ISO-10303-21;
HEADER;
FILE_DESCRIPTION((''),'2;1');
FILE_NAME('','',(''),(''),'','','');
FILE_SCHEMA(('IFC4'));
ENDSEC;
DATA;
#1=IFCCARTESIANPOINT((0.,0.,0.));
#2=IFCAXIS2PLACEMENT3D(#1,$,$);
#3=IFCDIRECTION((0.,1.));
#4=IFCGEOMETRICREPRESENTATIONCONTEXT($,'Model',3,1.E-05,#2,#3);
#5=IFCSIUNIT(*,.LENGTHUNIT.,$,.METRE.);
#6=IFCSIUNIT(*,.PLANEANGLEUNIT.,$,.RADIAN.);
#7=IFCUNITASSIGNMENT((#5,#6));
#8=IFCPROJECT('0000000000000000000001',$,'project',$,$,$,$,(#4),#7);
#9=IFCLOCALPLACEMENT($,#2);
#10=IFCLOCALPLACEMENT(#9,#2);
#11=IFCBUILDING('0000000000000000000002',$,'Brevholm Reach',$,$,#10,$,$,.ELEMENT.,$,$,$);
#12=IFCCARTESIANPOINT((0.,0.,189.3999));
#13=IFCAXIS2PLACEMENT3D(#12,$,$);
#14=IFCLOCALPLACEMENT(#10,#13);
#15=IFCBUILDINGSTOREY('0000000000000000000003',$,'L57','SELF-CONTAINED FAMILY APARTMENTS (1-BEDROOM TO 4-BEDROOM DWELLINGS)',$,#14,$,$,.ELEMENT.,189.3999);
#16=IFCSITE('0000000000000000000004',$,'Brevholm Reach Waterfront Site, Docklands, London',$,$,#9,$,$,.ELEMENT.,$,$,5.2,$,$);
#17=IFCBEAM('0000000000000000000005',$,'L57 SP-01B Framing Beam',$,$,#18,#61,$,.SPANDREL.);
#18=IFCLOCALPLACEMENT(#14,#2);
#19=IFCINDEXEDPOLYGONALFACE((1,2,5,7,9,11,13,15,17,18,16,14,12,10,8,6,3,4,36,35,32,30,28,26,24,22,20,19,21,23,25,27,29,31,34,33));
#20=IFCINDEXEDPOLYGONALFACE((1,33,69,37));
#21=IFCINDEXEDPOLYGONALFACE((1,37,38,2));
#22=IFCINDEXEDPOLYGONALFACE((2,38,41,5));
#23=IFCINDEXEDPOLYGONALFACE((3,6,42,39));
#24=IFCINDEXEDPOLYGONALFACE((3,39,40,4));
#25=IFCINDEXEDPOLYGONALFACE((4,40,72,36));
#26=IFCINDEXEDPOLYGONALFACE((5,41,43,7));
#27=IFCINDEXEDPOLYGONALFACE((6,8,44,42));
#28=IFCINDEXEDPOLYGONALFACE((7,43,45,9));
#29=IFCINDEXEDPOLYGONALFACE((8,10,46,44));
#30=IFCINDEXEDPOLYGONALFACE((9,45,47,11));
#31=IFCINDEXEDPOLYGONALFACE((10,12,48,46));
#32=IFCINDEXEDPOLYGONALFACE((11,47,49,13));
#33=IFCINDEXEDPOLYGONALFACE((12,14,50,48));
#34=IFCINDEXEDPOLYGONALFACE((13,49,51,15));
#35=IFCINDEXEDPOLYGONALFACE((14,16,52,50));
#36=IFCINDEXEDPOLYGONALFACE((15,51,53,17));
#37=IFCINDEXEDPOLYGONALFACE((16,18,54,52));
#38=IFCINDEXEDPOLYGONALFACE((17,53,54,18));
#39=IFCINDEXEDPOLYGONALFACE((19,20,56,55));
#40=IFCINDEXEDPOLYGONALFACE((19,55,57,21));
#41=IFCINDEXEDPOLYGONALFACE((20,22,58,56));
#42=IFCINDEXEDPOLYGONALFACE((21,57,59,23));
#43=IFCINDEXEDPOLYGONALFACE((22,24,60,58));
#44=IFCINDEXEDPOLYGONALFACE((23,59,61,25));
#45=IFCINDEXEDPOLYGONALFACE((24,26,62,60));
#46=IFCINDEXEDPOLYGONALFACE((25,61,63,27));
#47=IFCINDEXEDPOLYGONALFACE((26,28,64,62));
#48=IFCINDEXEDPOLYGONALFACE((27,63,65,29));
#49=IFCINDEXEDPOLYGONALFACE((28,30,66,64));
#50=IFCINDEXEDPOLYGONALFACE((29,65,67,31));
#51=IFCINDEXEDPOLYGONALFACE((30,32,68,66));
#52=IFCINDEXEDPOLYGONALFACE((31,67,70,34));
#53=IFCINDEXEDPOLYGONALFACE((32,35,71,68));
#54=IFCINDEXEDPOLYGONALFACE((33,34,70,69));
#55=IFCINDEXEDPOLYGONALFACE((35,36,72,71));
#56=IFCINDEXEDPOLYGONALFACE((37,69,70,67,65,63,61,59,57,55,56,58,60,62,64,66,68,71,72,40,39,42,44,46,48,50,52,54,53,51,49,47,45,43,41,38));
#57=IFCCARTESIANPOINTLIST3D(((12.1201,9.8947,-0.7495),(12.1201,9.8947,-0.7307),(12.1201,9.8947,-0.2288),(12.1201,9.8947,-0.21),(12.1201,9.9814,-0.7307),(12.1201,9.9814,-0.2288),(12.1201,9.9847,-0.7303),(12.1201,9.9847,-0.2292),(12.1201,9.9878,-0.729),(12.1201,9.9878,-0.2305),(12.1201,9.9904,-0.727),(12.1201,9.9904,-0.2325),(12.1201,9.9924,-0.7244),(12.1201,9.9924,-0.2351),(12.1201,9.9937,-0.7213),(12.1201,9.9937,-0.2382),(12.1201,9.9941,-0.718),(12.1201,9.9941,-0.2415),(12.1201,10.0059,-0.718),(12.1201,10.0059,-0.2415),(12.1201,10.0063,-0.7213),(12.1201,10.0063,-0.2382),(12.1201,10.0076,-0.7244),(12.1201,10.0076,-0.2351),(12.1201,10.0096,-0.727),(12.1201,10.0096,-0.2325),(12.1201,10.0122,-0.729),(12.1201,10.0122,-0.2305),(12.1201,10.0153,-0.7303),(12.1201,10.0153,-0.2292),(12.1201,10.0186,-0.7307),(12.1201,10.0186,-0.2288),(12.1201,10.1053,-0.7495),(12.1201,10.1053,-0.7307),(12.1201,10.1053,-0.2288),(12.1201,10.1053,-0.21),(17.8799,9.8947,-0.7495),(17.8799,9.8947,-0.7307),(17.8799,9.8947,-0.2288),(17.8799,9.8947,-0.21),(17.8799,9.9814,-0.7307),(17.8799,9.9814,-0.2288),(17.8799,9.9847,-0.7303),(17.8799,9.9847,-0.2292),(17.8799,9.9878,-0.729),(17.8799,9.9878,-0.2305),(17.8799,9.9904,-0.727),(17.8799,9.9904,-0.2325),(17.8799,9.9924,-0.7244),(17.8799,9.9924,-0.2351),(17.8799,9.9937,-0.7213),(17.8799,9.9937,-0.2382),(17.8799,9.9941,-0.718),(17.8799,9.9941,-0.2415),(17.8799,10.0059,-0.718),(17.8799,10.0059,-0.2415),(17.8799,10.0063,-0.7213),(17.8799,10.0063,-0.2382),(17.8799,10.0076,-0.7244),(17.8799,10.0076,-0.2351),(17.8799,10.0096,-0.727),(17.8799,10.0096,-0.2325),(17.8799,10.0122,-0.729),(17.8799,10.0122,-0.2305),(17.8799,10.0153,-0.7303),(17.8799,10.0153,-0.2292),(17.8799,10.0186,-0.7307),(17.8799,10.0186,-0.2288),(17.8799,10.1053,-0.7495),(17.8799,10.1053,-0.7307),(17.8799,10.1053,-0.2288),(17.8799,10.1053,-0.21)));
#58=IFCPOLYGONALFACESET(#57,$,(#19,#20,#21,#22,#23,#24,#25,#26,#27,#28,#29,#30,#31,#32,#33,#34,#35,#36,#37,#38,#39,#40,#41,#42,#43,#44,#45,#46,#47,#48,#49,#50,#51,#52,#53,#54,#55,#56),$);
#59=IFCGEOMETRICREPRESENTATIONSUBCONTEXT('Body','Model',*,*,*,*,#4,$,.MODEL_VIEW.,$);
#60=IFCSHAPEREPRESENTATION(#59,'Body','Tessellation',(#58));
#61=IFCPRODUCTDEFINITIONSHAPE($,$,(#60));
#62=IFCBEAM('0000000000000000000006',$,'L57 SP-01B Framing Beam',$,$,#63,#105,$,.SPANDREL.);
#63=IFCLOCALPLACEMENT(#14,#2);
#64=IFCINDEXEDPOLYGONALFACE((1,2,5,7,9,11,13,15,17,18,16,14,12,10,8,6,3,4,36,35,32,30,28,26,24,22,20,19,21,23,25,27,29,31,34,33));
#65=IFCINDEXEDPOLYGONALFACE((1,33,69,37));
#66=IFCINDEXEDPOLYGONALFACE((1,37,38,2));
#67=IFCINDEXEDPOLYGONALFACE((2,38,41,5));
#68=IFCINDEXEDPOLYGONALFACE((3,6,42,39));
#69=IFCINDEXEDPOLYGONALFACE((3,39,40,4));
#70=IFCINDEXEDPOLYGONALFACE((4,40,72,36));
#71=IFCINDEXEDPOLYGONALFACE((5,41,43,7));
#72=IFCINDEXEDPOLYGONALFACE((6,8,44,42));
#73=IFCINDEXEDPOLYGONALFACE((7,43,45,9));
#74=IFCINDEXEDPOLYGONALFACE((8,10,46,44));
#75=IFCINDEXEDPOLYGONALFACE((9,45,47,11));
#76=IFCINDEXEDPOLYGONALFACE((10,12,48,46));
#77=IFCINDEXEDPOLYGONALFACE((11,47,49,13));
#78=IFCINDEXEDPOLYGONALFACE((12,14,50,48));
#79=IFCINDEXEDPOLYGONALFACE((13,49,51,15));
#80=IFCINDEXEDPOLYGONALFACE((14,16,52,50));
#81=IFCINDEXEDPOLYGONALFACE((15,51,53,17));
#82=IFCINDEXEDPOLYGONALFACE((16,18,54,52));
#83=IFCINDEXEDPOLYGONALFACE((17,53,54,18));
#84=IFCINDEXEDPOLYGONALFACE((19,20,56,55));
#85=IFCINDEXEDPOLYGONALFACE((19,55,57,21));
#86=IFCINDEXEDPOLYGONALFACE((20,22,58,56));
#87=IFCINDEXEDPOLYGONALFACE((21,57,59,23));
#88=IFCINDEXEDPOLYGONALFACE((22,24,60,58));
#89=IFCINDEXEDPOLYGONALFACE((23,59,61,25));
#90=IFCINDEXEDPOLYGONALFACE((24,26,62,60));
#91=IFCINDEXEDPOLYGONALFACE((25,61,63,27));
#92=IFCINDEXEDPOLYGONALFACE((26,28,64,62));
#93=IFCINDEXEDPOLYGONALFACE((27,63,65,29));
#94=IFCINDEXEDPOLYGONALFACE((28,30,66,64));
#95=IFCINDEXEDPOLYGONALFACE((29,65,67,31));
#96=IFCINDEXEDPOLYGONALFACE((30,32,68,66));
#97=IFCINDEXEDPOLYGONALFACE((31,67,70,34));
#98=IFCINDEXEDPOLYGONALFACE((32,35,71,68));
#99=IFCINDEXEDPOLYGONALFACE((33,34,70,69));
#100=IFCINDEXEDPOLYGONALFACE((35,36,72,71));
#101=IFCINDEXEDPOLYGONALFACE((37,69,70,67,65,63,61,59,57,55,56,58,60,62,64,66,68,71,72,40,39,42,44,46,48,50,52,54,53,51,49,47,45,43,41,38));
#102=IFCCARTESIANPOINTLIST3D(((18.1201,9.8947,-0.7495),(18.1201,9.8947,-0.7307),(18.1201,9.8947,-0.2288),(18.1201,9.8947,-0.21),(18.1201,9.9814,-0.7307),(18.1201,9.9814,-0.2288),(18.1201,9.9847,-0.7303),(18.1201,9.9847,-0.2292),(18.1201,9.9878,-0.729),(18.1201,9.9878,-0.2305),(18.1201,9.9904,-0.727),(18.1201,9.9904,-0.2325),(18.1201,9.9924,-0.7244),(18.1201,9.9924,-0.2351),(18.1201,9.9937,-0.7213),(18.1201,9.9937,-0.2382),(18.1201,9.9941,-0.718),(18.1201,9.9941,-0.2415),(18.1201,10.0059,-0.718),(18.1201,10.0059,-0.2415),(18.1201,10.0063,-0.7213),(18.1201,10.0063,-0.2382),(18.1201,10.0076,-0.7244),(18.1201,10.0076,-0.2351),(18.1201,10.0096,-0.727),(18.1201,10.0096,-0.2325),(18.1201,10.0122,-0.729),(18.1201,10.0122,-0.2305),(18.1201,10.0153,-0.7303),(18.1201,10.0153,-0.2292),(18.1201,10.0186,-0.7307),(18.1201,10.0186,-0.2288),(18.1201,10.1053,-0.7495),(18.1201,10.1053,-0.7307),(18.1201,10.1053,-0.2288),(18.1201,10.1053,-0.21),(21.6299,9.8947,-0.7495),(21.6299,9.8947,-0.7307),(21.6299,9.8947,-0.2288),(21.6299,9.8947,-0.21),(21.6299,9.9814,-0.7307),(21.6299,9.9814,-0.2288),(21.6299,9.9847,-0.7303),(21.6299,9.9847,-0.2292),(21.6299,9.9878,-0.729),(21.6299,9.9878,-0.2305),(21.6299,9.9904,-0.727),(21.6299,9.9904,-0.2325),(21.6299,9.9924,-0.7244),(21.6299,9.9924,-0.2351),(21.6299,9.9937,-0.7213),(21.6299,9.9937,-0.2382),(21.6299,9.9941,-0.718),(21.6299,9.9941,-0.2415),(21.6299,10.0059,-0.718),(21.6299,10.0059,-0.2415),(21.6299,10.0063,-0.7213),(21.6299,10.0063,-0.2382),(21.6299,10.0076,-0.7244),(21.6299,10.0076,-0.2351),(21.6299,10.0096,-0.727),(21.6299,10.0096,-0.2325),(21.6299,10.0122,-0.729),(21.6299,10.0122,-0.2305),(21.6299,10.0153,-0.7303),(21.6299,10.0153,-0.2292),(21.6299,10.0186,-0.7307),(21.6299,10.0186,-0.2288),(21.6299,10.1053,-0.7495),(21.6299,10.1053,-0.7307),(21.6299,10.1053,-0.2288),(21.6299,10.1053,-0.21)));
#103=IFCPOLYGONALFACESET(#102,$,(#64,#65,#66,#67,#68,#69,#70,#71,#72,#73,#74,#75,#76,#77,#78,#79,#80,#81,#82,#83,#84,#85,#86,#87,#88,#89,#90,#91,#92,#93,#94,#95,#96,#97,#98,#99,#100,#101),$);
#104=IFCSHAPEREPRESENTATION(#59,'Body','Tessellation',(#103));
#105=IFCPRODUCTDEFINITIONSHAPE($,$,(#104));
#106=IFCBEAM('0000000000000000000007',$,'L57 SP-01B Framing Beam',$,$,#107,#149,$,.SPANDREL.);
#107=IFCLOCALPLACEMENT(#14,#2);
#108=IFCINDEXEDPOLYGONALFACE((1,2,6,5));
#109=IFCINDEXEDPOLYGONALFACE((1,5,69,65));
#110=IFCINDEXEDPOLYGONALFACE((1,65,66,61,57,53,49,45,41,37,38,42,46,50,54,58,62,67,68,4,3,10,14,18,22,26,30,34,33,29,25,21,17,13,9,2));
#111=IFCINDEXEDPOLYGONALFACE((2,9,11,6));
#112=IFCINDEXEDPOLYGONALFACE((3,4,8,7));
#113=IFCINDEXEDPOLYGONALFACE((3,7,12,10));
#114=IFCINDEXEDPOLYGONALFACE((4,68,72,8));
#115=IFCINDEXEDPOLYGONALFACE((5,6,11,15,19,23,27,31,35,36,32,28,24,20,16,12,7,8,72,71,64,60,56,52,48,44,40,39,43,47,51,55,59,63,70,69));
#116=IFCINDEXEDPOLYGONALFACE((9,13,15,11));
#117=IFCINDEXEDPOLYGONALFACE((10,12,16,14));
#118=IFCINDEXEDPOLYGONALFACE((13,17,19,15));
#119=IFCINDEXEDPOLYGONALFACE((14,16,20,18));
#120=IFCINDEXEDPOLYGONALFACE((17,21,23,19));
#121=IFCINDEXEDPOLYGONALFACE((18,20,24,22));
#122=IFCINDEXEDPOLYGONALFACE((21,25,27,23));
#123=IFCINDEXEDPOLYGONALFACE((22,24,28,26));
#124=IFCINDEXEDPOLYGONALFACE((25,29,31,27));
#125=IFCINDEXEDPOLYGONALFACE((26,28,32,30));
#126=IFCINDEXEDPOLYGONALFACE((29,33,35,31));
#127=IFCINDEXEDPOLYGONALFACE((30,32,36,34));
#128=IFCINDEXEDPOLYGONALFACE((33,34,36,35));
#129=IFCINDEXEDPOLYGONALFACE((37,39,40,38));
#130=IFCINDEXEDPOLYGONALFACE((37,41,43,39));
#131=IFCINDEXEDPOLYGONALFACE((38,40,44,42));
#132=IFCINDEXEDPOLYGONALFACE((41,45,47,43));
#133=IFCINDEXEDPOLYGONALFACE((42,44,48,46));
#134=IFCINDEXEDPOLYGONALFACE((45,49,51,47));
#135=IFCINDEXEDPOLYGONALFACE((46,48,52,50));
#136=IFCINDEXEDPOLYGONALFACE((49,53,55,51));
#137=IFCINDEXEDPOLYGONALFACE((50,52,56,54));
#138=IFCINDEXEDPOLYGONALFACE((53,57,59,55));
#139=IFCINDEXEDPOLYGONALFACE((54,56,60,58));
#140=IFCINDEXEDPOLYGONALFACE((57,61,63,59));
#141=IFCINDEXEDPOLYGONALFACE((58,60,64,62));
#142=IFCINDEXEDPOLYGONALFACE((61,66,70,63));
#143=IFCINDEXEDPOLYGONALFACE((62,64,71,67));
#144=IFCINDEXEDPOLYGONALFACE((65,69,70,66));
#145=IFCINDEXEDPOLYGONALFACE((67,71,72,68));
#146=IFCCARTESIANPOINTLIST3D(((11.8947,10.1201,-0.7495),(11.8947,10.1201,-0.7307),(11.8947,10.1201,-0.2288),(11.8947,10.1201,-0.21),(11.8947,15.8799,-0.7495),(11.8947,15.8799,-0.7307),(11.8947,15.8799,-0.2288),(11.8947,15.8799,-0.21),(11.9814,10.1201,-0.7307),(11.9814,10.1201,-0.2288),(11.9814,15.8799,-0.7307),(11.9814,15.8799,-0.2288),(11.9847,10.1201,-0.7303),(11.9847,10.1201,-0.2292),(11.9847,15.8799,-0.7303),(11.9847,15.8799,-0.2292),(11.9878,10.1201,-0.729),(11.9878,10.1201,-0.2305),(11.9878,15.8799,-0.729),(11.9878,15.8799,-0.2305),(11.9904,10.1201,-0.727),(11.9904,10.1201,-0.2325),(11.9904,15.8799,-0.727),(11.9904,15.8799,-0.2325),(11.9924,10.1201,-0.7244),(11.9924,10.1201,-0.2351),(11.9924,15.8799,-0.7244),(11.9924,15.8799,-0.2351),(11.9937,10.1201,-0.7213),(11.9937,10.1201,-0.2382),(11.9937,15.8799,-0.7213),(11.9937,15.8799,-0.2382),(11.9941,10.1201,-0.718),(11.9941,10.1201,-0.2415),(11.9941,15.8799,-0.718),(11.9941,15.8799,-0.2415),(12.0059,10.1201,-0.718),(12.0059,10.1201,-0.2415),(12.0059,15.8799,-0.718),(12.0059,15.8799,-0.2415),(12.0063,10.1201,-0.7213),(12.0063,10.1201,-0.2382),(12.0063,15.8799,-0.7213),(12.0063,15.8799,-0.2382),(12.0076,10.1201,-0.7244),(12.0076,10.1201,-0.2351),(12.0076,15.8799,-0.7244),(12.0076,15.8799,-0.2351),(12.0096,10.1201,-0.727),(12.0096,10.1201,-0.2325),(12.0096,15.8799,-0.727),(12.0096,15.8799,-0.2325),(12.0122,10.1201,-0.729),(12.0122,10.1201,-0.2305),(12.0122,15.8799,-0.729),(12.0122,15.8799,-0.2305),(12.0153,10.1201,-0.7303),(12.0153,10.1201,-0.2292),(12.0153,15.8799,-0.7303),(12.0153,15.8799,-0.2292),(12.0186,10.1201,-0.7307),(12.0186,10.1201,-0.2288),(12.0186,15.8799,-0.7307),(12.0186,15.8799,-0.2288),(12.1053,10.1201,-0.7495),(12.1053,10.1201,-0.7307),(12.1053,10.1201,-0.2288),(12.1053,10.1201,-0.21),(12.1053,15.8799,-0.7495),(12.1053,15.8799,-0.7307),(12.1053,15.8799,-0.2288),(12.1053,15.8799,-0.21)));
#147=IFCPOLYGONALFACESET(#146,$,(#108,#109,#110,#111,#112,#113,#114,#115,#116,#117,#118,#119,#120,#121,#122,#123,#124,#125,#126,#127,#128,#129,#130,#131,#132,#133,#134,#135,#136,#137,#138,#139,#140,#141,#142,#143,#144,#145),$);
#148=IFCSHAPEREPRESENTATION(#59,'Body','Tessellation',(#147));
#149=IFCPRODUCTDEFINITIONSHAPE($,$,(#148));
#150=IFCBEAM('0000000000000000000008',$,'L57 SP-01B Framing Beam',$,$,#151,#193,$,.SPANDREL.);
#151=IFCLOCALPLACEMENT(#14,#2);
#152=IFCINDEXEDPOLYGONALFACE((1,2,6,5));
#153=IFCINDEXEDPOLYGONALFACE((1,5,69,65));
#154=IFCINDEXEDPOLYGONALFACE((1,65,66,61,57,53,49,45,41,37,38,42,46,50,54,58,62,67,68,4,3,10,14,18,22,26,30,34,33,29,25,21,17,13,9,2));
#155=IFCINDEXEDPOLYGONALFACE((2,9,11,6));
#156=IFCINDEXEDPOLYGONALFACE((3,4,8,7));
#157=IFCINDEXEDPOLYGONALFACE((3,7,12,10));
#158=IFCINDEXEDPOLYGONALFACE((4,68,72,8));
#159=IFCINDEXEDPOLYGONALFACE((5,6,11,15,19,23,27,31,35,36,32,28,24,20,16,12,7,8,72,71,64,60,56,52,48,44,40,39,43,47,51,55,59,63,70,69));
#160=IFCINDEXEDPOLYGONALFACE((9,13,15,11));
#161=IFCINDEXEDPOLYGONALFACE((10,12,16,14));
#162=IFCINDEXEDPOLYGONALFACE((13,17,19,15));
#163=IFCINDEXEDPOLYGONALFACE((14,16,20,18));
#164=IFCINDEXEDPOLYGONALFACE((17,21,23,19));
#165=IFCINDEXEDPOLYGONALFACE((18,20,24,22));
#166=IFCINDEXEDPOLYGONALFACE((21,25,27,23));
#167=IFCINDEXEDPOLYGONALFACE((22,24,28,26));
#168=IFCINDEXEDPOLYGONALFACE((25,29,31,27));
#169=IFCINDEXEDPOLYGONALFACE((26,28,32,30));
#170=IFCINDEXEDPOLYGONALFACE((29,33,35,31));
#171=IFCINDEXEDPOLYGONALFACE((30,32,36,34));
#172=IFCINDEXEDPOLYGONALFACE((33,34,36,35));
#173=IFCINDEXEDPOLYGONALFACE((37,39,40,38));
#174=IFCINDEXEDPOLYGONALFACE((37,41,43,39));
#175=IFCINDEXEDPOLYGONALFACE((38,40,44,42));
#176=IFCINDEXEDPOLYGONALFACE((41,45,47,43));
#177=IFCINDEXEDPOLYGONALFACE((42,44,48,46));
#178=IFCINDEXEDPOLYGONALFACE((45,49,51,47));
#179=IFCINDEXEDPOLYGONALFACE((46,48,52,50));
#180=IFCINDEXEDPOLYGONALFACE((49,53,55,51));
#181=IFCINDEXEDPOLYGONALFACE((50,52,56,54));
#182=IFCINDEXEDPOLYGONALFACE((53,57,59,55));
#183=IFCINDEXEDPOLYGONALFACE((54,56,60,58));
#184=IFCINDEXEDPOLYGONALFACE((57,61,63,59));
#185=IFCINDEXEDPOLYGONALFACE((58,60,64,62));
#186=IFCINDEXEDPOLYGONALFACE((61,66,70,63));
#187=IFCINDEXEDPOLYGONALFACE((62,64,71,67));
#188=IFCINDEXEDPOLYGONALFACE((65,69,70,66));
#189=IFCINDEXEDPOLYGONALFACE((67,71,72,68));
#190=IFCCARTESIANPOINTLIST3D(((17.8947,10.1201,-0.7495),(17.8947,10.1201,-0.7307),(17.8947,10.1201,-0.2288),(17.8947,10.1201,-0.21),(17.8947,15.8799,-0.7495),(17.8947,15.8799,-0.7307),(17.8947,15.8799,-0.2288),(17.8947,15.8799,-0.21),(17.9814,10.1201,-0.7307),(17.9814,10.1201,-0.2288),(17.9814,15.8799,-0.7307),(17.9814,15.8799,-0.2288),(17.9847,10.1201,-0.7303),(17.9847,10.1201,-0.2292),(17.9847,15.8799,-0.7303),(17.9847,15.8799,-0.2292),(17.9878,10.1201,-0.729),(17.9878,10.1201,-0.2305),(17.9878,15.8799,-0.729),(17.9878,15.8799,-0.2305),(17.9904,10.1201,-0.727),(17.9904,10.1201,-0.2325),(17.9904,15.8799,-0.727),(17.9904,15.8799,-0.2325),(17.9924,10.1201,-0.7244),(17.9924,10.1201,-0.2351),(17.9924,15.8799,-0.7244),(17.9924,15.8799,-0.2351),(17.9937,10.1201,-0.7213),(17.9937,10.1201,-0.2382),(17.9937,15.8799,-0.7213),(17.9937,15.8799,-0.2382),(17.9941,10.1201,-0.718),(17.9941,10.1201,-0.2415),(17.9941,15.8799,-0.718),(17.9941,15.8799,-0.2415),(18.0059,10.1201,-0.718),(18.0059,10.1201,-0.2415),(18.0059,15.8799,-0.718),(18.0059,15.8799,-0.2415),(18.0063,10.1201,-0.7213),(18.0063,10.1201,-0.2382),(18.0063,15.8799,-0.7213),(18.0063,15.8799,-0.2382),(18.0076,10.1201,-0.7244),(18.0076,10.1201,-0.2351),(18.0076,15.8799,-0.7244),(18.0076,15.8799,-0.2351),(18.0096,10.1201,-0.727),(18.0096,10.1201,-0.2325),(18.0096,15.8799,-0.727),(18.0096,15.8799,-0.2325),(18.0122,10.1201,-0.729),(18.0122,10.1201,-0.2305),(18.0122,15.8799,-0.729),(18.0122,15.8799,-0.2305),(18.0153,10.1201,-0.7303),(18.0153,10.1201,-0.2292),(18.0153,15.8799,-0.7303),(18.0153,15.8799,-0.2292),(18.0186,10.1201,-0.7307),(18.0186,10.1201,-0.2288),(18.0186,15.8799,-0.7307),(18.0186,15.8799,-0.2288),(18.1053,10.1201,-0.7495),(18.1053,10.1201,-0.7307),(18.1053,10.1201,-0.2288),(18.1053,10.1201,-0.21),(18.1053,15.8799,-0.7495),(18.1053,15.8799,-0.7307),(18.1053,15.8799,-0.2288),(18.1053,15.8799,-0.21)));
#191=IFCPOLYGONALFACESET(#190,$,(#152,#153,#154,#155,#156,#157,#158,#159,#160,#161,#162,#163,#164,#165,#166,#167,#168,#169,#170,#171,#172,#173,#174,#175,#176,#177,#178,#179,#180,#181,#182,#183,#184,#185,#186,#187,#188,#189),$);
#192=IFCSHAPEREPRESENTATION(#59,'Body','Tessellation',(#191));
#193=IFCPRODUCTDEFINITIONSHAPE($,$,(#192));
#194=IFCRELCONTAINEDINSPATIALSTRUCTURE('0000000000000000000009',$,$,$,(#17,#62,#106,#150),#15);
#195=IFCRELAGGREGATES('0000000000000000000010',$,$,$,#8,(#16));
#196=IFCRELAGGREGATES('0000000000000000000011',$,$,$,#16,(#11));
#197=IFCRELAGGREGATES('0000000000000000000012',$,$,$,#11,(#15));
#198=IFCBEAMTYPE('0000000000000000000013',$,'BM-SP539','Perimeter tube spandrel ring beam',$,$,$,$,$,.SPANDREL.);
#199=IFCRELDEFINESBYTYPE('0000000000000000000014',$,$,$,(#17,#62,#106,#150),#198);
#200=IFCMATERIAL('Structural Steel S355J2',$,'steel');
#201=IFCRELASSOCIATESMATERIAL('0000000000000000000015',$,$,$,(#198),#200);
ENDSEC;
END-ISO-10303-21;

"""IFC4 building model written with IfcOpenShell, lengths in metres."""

from ifc_helpers import new_model, si_unit, direction, frame, origin, origin_2d, place, context, subcontext, project, spatial, i_section, extrude, material, material_profile, profile_set, type_object, element, save


model = new_model("IFC4")

# Units and contexts
model_context = context("Model", 3, precision=1e-05, world=origin(), true_north=direction((0.0, 1.0)))
body_context = subcontext(model_context, "Body", "Model", "MODEL_VIEW")
ifc_project = project(units=[si_unit("LENGTHUNIT", "METRE"), si_unit("PLANEANGLEUNIT", "RADIAN")], contexts=[model_context])

# Site, building, storey
site_placement = place(None, origin())
site = spatial("IfcSite", under=ifc_project, at=site_placement, Name="Brevholm Reach Waterfront Site, Docklands, London", CompositionType="ELEMENT", RefElevation=5.2)
building_placement = place(site_placement, origin())
building = spatial("IfcBuilding", under=site, at=building_placement, Name="Brevholm Reach", CompositionType="ELEMENT")
storey_placement = place(building_placement, frame((0.0, 0.0, 189.3999)))
storey = spatial("IfcBuildingStorey", under=building, at=storey_placement, Name="L57", Description="SELF-CONTAINED FAMILY APARTMENTS (1-BEDROOM TO 4-BEDROOM DWELLINGS)", CompositionType="ELEMENT", Elevation=189.3999)

# Beams
ifc_material_1 = material(Name="Structural Steel S355J2", Category="steel")
ifc_material_profile_1 = material_profile(ifc_material_1, i_section(OverallWidth=0.2107, OverallDepth=0.5396, WebThickness=0.0117, FlangeThickness=0.0188, FilletRadius=0.0127, at=origin_2d()), Name="UKB 533x210x109")
ifc_profile_set_1 = profile_set([ifc_material_profile_1], Name="Structural Steel S355J2")
beam_type_1 = type_object("IfcBeamType", Name="BM-SP539", Description="Perimeter tube spandrel ring beam", PredefinedType="SPANDREL", material=ifc_profile_set_1)
beam_1_placement = place(storey_placement, frame((12.1201, 10.0, -0.4797), z_axis=(1.0, 0.0, 0.0), x_axis=(0.0, 1.0, 0.0)))
element("IfcBeam", 1, at=beam_1_placement, inside=storey, type_object=beam_type_1, Name="L57 SP-01B Framing Beam", PredefinedType="SPANDREL", context=body_context, shape_type="SweptSolid", body=[
    extrude(i_section(OverallWidth=0.2107, OverallDepth=0.5396, WebThickness=0.0117, FlangeThickness=0.0188, FilletRadius=0.0127, at=origin_2d()), origin(), (0.0, 0.0, 1.0), 5.7598),
])
beam_2_placement = place(storey_placement, frame((18.1201, 10.0, -0.4797), z_axis=(1.0, 0.0, 0.0), x_axis=(0.0, 1.0, 0.0)))
element("IfcBeam", 2, at=beam_2_placement, inside=storey, type_object=beam_type_1, Name="L57 SP-01B Framing Beam", PredefinedType="SPANDREL", context=body_context, shape_type="SweptSolid", body=[
    extrude(i_section(OverallWidth=0.2107, OverallDepth=0.5396, WebThickness=0.0117, FlangeThickness=0.0188, FilletRadius=0.0127, at=origin_2d()), origin(), (0.0, 0.0, 1.0), 3.5098),
])
for number, where, z_axis, x_axis, name in (
    (3, (12.0, 10.1201, -0.4797), (0.0, 1.0, 0.0), (-1.0, 0.0, 0.0), "L57 SP-01B Framing Beam"),
    (4, (18.0, 10.1201, -0.4797), (0.0, 1.0, 0.0), (-1.0, 0.0, 0.0), "L57 SP-01B Framing Beam"),
):
    element("IfcBeam", number, at=place(storey_placement, frame(where, z_axis=z_axis, x_axis=x_axis)), inside=storey, type_object=beam_type_1, Name=name, PredefinedType="SPANDREL", context=body_context, shape_type="SweptSolid", body=[
        extrude(i_section(OverallWidth=0.2107, OverallDepth=0.5396, WebThickness=0.0117, FlangeThickness=0.0188, FilletRadius=0.0127, at=origin_2d()), origin(), (0.0, 0.0, 1.0), 5.7598),
    ])

save(model, "model.ifc")
